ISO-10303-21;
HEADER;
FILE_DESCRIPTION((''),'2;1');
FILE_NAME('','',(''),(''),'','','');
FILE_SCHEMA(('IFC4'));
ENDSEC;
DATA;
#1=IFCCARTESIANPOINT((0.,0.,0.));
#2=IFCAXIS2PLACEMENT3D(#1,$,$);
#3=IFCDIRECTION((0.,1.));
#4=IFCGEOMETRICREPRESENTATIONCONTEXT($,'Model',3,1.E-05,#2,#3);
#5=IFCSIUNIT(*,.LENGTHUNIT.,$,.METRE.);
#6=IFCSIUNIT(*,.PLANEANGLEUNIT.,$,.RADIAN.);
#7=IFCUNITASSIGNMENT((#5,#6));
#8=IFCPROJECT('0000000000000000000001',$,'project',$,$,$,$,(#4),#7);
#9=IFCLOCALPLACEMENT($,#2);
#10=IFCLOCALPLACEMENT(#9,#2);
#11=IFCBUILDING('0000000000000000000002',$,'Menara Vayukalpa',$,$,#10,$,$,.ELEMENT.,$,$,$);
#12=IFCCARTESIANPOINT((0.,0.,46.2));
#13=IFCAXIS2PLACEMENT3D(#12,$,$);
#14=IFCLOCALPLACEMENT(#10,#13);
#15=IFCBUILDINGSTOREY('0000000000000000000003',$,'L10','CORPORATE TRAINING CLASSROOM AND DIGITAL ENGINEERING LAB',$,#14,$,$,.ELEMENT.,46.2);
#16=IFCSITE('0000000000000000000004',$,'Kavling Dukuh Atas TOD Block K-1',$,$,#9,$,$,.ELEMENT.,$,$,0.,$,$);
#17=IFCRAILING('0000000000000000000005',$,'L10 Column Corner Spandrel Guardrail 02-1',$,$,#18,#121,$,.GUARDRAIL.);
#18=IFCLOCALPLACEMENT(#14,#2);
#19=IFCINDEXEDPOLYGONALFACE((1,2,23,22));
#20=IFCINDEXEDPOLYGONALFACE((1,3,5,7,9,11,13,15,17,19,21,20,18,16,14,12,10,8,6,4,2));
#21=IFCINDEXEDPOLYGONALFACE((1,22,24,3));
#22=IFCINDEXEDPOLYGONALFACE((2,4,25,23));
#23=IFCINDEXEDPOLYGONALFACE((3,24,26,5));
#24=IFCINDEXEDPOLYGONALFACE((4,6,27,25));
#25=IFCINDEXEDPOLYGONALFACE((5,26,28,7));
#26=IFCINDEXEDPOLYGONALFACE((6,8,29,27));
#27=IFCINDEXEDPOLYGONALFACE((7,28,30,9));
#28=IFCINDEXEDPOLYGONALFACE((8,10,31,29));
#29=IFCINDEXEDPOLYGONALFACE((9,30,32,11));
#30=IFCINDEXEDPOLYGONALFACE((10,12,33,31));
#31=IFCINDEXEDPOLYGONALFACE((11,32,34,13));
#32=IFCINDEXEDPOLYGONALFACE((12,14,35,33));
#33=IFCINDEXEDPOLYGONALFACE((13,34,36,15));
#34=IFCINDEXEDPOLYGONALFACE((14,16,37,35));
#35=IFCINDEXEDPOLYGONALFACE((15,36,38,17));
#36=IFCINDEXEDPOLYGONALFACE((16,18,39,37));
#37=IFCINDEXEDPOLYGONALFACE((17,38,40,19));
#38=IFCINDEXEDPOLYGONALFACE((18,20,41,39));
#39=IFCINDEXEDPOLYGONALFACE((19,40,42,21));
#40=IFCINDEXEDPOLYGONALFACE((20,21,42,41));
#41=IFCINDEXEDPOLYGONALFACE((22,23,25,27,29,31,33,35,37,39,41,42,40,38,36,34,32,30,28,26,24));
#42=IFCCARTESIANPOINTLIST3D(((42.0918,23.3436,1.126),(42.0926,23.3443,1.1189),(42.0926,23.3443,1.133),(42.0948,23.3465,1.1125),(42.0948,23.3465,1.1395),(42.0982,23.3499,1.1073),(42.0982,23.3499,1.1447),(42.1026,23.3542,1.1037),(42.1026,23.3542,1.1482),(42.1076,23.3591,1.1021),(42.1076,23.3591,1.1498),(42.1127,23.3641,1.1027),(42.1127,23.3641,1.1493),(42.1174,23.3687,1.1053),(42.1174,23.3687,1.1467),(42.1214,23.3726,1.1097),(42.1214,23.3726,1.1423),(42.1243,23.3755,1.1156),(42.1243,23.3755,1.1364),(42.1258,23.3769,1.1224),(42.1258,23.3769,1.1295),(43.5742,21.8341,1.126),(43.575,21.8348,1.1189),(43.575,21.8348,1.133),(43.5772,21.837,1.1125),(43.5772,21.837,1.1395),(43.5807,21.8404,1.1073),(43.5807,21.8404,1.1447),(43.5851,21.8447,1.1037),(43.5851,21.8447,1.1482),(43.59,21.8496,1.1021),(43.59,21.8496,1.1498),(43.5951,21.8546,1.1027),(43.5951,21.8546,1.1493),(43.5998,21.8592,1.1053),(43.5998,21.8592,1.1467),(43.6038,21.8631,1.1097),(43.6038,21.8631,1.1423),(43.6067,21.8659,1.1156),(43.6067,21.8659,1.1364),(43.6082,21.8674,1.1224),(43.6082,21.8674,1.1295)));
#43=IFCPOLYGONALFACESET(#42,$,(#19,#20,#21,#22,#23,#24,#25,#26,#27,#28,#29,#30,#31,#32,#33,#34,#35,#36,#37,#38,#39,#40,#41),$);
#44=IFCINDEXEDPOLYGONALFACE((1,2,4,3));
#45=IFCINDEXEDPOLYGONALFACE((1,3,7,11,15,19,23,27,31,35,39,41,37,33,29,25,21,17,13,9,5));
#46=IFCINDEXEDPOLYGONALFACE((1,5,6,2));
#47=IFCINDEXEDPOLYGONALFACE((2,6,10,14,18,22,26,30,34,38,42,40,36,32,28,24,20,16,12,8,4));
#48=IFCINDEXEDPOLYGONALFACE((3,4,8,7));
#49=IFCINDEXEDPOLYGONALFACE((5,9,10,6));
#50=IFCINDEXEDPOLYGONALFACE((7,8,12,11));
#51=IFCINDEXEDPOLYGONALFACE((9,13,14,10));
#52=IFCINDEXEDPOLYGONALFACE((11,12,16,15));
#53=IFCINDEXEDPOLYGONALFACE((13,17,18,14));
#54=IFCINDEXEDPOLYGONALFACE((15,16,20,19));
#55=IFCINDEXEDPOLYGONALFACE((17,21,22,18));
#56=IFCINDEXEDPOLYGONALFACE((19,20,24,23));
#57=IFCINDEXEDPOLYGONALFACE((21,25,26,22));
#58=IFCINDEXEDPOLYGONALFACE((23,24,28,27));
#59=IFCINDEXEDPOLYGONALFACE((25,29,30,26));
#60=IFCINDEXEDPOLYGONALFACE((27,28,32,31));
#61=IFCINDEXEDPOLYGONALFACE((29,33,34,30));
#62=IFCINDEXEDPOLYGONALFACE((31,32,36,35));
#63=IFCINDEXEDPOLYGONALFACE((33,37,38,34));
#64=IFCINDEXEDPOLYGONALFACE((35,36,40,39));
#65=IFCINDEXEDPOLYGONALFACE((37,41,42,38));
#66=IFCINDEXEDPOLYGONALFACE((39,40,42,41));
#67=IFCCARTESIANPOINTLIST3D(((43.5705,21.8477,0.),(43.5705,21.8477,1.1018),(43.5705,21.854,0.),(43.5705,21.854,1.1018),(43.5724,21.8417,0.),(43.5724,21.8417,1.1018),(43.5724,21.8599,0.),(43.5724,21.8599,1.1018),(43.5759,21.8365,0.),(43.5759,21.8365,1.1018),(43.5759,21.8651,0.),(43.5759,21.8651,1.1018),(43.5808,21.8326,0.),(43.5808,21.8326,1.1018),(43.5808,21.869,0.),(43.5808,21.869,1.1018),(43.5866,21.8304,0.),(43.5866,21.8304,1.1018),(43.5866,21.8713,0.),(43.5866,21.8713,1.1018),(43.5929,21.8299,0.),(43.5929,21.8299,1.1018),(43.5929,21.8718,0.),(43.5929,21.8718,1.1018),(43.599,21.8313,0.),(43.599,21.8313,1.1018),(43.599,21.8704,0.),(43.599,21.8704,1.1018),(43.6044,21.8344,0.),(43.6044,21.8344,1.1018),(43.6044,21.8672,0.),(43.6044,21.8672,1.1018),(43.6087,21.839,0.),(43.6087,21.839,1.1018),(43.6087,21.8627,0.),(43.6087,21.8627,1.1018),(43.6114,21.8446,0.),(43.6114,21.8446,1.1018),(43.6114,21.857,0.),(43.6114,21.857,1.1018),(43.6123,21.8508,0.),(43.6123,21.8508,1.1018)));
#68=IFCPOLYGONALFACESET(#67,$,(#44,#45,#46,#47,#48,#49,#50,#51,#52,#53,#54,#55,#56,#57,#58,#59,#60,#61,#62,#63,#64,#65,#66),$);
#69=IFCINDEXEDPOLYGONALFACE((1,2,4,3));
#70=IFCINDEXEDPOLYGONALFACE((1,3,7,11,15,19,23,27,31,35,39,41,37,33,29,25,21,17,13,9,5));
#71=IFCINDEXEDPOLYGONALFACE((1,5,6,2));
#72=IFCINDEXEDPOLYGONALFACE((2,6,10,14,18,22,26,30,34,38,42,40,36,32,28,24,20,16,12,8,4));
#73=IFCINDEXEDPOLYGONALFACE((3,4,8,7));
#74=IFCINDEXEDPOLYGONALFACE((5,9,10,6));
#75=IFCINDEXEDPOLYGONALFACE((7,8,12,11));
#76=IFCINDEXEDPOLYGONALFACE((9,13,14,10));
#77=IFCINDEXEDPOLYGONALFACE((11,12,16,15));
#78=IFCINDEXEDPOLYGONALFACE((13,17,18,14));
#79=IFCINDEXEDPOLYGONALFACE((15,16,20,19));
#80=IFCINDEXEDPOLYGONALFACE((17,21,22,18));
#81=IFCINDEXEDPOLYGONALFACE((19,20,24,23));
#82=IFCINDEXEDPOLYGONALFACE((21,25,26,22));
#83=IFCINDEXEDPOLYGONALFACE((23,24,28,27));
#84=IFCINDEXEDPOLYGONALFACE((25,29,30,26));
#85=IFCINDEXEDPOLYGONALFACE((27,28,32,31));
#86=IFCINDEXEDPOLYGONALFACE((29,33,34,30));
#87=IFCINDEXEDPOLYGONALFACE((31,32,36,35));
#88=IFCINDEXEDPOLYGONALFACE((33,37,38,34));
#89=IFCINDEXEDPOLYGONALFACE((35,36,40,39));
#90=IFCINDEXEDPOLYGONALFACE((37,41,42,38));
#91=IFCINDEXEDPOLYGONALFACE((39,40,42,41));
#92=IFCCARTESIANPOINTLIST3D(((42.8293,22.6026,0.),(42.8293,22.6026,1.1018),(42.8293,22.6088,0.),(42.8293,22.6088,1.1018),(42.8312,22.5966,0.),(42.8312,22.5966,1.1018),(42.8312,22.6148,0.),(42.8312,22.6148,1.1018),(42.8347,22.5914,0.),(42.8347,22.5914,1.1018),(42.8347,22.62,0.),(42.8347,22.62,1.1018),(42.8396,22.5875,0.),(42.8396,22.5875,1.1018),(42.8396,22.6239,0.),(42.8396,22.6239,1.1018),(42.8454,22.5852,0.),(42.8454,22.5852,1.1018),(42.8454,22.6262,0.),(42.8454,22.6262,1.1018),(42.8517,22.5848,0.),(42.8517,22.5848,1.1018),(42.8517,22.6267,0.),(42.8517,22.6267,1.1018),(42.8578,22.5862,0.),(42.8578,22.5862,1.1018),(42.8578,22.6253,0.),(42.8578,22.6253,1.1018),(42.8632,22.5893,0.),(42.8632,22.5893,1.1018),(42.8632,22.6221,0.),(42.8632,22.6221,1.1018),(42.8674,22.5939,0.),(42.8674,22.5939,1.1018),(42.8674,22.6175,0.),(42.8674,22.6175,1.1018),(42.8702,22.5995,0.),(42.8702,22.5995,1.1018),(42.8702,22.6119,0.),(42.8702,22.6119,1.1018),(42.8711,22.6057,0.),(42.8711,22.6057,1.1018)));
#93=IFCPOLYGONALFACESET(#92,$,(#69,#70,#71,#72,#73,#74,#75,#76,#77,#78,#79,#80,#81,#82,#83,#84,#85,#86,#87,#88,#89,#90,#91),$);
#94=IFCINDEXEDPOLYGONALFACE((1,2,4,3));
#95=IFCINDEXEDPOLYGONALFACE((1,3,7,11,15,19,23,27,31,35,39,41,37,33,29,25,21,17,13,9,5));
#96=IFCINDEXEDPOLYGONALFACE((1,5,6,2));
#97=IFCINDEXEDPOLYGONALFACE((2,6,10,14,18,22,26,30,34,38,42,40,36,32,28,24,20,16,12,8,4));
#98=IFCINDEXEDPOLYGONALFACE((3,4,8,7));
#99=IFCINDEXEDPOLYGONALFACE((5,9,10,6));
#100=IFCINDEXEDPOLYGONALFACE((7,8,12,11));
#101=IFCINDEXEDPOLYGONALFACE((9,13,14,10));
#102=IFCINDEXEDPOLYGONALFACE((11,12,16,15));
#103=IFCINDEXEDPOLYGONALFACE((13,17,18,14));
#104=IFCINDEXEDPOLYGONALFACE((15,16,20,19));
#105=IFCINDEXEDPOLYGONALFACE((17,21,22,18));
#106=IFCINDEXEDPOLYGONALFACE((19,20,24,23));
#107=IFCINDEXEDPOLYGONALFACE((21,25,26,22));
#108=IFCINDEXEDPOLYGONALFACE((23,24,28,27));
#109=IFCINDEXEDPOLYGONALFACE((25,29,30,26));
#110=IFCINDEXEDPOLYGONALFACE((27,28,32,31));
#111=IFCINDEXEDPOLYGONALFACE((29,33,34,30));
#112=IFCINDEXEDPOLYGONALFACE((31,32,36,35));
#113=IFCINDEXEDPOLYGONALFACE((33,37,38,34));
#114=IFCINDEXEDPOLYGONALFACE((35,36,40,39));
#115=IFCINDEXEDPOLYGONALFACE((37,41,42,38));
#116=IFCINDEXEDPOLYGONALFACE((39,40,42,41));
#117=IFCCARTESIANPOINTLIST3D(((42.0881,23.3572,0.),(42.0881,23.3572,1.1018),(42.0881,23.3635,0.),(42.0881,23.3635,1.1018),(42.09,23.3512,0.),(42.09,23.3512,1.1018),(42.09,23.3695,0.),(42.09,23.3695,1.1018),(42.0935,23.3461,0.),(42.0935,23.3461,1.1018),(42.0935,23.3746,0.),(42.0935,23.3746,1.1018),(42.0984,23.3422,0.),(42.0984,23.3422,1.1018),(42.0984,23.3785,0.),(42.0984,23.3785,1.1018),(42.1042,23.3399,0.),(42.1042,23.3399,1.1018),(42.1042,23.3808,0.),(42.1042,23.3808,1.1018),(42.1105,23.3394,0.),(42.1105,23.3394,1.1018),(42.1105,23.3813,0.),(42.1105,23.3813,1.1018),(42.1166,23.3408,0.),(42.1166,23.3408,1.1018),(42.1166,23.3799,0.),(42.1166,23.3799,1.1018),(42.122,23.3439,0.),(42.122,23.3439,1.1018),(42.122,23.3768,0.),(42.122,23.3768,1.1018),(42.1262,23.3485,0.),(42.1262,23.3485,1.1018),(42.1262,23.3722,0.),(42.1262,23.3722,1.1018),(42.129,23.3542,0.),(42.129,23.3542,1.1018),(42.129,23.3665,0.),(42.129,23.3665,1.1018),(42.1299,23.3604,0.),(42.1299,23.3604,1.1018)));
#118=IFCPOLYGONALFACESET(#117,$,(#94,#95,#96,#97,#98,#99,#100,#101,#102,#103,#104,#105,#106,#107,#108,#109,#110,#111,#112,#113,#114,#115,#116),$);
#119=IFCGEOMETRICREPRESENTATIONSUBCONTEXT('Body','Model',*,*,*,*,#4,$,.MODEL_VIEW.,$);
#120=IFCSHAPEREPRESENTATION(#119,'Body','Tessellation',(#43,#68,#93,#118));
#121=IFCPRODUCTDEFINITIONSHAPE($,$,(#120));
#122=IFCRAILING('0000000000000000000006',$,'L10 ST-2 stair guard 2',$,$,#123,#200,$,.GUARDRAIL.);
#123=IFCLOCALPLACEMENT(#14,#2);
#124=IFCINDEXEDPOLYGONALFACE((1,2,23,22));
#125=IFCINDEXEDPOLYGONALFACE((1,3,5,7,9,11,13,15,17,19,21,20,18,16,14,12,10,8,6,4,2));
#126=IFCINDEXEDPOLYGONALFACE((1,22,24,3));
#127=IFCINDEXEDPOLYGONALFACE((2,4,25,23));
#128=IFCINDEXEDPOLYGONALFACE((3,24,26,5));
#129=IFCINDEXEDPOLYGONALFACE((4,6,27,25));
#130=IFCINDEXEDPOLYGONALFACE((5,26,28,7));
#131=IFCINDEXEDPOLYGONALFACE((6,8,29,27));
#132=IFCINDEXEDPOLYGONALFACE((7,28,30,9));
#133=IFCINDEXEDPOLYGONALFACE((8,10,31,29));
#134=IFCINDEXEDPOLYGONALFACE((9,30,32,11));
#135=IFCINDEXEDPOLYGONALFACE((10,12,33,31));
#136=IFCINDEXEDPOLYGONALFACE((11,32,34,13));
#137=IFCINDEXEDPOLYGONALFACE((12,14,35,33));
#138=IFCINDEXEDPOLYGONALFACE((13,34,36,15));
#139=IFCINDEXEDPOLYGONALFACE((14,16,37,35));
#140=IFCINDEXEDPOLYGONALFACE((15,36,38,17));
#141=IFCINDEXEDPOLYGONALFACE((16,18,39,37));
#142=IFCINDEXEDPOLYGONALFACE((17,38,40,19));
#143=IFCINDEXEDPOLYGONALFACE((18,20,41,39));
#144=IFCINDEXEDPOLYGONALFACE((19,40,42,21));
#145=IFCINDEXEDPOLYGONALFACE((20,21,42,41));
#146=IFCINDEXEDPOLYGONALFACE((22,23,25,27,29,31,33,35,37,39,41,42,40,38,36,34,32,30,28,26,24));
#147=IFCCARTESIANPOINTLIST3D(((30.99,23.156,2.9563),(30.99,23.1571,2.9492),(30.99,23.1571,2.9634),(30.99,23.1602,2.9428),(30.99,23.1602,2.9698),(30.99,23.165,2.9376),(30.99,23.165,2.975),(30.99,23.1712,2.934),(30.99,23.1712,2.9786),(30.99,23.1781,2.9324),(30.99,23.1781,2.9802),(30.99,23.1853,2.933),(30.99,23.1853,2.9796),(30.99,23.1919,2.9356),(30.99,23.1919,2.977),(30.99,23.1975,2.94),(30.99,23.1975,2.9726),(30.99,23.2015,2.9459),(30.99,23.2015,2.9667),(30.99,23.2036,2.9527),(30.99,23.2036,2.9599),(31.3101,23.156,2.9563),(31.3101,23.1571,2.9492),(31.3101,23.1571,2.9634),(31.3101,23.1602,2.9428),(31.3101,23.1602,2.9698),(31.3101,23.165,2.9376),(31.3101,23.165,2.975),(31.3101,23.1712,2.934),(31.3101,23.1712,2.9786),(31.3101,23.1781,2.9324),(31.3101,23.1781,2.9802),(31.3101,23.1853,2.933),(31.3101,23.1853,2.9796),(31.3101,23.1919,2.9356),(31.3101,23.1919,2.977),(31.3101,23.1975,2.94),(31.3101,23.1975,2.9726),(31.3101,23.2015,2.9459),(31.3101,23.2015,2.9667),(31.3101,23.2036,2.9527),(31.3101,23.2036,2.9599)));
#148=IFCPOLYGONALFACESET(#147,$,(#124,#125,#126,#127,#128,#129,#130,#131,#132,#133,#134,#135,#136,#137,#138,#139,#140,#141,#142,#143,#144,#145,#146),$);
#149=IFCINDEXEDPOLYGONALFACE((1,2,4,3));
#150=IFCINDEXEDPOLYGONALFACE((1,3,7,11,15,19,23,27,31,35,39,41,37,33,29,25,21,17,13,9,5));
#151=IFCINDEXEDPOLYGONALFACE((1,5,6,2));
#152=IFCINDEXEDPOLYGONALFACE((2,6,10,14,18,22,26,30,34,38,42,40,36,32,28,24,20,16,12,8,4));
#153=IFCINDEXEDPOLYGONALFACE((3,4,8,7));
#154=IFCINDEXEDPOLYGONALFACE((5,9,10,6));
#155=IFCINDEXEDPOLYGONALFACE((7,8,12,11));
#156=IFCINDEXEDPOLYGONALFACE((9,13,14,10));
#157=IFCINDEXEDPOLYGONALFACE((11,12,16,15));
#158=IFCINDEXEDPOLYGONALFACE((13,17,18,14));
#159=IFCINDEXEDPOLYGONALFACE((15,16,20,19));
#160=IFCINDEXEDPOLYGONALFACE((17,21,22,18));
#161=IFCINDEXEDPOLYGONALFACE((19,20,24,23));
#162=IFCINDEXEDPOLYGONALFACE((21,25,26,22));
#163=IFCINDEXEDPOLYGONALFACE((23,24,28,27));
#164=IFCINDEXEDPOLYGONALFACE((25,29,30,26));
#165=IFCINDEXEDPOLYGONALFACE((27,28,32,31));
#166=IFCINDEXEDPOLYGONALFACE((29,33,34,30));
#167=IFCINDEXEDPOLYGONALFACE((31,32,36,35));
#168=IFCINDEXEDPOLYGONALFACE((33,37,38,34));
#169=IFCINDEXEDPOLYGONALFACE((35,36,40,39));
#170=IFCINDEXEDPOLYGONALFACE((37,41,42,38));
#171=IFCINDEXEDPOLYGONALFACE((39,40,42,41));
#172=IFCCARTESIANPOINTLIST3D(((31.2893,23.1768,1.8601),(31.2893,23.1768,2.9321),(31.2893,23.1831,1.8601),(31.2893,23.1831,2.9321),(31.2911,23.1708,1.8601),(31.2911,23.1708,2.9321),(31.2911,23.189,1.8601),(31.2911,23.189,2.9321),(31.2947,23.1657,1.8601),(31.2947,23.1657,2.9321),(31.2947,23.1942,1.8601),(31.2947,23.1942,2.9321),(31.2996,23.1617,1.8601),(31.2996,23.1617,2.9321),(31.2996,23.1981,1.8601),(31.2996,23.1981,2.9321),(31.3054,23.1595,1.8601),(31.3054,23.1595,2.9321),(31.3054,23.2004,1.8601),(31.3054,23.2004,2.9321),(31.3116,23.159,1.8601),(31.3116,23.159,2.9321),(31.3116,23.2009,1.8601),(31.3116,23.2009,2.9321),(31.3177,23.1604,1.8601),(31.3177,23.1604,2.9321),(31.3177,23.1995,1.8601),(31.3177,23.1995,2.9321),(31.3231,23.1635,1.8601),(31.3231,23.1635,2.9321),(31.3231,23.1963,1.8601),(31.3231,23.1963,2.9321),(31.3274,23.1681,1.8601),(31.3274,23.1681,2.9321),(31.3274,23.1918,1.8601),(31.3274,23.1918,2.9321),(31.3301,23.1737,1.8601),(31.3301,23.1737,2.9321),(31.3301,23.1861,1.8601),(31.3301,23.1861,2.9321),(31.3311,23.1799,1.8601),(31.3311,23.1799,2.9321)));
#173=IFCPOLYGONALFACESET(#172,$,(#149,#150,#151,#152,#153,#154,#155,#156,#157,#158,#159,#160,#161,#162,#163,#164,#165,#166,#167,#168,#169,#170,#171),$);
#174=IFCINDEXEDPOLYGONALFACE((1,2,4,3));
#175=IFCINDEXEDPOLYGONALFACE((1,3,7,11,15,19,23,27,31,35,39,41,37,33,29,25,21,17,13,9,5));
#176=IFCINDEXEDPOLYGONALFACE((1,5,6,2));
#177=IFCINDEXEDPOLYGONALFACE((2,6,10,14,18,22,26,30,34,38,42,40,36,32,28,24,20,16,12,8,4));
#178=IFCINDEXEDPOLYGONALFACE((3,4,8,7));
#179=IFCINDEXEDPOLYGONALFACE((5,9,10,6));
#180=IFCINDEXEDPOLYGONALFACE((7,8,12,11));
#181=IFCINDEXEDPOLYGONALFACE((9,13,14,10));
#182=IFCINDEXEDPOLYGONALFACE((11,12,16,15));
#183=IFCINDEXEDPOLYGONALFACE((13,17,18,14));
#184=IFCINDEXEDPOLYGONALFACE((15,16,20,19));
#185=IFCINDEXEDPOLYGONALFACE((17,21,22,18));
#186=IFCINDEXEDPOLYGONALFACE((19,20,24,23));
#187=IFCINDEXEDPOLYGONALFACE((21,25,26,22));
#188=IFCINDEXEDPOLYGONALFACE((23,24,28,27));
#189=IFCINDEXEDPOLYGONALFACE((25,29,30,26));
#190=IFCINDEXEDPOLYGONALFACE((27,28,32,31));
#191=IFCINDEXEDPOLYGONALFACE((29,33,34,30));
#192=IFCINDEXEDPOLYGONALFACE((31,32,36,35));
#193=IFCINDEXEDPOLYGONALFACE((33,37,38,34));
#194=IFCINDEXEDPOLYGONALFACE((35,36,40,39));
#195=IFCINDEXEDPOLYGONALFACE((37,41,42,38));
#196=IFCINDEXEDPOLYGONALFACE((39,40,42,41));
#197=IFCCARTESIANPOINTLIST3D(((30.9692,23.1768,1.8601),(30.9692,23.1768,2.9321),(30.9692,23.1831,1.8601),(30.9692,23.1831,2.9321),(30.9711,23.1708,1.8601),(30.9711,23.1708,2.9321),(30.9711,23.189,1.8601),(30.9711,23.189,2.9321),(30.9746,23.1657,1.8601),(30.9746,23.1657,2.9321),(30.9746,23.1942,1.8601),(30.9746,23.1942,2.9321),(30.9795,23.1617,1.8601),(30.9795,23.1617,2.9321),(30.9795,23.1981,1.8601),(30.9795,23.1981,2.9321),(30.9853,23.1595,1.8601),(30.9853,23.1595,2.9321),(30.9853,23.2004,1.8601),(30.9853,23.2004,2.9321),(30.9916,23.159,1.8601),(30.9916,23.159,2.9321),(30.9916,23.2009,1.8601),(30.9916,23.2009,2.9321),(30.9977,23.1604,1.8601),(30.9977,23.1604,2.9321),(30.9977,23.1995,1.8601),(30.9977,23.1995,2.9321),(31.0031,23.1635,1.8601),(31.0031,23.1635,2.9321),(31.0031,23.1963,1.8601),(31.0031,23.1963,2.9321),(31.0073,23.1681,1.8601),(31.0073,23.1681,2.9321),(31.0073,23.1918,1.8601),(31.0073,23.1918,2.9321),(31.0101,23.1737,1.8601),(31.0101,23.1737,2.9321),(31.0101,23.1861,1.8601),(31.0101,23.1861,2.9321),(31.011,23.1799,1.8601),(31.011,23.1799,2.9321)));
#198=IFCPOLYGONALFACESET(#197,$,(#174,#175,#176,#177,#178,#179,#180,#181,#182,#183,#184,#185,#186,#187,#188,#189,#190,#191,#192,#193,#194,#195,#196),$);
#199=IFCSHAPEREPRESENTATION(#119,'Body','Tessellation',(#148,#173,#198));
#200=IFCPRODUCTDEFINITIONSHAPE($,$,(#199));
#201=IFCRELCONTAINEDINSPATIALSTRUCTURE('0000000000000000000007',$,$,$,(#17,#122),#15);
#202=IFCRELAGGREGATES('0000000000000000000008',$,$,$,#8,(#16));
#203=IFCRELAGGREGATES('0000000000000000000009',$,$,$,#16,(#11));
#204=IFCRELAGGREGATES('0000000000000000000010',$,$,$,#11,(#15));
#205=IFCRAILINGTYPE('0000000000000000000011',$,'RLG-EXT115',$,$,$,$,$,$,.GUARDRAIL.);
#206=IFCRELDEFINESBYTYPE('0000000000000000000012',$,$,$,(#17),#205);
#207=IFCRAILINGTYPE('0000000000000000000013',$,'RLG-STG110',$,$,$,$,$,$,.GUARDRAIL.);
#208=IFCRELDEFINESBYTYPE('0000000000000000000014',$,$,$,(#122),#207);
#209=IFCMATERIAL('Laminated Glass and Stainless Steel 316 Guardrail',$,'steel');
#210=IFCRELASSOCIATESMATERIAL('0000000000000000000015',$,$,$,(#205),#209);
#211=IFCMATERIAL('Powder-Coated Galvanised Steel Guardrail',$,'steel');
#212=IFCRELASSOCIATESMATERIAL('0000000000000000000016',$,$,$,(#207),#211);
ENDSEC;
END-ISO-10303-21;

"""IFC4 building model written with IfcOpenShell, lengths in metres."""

from ifc_helpers import new_model, si_unit, direction, frame, origin, origin_2d, place, context, subcontext, project, spatial, circle, extrude, material, type_object, element, save


model = new_model("IFC4")

# Units and contexts
model_context = context("Model", 3, precision=1e-05, world=origin(), true_north=direction((0.0, 1.0)))
body_context = subcontext(model_context, "Body", "Model", "MODEL_VIEW")
ifc_project = project(units=[si_unit("LENGTHUNIT", "METRE"), si_unit("PLANEANGLEUNIT", "RADIAN")], contexts=[model_context])

# Site, building, storey
site_placement = place(None, origin())
site = spatial("IfcSite", under=ifc_project, at=site_placement, Name="Kavling Dukuh Atas TOD Block K-1", CompositionType="ELEMENT", RefElevation=0.0)
building_placement = place(site_placement, origin())
building = spatial("IfcBuilding", under=site, at=building_placement, Name="Menara Vayukalpa", CompositionType="ELEMENT")
storey_placement = place(building_placement, frame((0.0, 0.0, 46.2)))
storey = spatial("IfcBuildingStorey", under=building, at=storey_placement, Name="L10", Description="CORPORATE TRAINING CLASSROOM AND DIGITAL ENGINEERING LAB", CompositionType="ELEMENT", Elevation=46.2)

# Railings
ifc_material_1 = material(Name="Laminated Glass and Stainless Steel 316 Guardrail", Category="steel")
railing_type_1 = type_object("IfcRailingType", Name="RLG-EXT115", PredefinedType="GUARDRAIL", material=ifc_material_1)
railing_1_placement = place(storey_placement, frame((43.5913, 21.8508, 0.0)))
element("IfcRailing", 1, at=railing_1_placement, inside=storey, type_object=railing_type_1, Name="L10 Column Corner Spandrel Guardrail 02-1", PredefinedType="GUARDRAIL", context=body_context, shape_type="SweptSolid", body=[
    extrude(circle(Radius=0.0239, at=origin_2d()), frame((0.0, 0.0, 1.126), z_axis=(-0.700673, 0.713482, 0.0), x_axis=(-0.713482, -0.700673, 0.0)), (0.0, 0.0, 1.0), 2.1157),
    extrude(circle(Radius=0.021, at=origin_2d()), origin(), (0.0, 0.0, 1.0), 1.1018),
    extrude(circle(Radius=0.021, at=origin_2d()), frame((-0.7412, 0.7549, 0.0)), (0.0, 0.0, 1.0), 1.1018),
    extrude(circle(Radius=0.021, at=origin_2d()), frame((-1.4824, 1.5095, 0.0)), (0.0, 0.0, 1.0), 1.1018),
])
ifc_material_2 = material(Name="Powder-Coated Galvanised Steel Guardrail", Category="steel")
railing_type_2 = type_object("IfcRailingType", Name="RLG-STG110", PredefinedType="GUARDRAIL", material=ifc_material_2)
railing_2_placement = place(storey_placement, frame((31.3101, 23.1799, 1.8601)))
element("IfcRailing", 2, at=railing_2_placement, inside=storey, type_object=railing_type_2, Name="L10 ST-2 stair guard 2", PredefinedType="GUARDRAIL", context=body_context, shape_type="SweptSolid", body=[
    extrude(circle(Radius=0.0239, at=origin_2d()), frame((0.0, 0.0, 1.0962), z_axis=(-1.0, 0.0, 0.0), x_axis=(0.0, -1.0, 0.0)), (0.0, 0.0, 1.0), 0.3201),
    extrude(circle(Radius=0.021, at=origin_2d()), origin(), (0.0, 0.0, 1.0), 1.072),
    extrude(circle(Radius=0.021, at=origin_2d()), frame((-0.3201, 0.0, 0.0)), (0.0, 0.0, 1.0), 1.072),
])

save(model, "model.ifc")
